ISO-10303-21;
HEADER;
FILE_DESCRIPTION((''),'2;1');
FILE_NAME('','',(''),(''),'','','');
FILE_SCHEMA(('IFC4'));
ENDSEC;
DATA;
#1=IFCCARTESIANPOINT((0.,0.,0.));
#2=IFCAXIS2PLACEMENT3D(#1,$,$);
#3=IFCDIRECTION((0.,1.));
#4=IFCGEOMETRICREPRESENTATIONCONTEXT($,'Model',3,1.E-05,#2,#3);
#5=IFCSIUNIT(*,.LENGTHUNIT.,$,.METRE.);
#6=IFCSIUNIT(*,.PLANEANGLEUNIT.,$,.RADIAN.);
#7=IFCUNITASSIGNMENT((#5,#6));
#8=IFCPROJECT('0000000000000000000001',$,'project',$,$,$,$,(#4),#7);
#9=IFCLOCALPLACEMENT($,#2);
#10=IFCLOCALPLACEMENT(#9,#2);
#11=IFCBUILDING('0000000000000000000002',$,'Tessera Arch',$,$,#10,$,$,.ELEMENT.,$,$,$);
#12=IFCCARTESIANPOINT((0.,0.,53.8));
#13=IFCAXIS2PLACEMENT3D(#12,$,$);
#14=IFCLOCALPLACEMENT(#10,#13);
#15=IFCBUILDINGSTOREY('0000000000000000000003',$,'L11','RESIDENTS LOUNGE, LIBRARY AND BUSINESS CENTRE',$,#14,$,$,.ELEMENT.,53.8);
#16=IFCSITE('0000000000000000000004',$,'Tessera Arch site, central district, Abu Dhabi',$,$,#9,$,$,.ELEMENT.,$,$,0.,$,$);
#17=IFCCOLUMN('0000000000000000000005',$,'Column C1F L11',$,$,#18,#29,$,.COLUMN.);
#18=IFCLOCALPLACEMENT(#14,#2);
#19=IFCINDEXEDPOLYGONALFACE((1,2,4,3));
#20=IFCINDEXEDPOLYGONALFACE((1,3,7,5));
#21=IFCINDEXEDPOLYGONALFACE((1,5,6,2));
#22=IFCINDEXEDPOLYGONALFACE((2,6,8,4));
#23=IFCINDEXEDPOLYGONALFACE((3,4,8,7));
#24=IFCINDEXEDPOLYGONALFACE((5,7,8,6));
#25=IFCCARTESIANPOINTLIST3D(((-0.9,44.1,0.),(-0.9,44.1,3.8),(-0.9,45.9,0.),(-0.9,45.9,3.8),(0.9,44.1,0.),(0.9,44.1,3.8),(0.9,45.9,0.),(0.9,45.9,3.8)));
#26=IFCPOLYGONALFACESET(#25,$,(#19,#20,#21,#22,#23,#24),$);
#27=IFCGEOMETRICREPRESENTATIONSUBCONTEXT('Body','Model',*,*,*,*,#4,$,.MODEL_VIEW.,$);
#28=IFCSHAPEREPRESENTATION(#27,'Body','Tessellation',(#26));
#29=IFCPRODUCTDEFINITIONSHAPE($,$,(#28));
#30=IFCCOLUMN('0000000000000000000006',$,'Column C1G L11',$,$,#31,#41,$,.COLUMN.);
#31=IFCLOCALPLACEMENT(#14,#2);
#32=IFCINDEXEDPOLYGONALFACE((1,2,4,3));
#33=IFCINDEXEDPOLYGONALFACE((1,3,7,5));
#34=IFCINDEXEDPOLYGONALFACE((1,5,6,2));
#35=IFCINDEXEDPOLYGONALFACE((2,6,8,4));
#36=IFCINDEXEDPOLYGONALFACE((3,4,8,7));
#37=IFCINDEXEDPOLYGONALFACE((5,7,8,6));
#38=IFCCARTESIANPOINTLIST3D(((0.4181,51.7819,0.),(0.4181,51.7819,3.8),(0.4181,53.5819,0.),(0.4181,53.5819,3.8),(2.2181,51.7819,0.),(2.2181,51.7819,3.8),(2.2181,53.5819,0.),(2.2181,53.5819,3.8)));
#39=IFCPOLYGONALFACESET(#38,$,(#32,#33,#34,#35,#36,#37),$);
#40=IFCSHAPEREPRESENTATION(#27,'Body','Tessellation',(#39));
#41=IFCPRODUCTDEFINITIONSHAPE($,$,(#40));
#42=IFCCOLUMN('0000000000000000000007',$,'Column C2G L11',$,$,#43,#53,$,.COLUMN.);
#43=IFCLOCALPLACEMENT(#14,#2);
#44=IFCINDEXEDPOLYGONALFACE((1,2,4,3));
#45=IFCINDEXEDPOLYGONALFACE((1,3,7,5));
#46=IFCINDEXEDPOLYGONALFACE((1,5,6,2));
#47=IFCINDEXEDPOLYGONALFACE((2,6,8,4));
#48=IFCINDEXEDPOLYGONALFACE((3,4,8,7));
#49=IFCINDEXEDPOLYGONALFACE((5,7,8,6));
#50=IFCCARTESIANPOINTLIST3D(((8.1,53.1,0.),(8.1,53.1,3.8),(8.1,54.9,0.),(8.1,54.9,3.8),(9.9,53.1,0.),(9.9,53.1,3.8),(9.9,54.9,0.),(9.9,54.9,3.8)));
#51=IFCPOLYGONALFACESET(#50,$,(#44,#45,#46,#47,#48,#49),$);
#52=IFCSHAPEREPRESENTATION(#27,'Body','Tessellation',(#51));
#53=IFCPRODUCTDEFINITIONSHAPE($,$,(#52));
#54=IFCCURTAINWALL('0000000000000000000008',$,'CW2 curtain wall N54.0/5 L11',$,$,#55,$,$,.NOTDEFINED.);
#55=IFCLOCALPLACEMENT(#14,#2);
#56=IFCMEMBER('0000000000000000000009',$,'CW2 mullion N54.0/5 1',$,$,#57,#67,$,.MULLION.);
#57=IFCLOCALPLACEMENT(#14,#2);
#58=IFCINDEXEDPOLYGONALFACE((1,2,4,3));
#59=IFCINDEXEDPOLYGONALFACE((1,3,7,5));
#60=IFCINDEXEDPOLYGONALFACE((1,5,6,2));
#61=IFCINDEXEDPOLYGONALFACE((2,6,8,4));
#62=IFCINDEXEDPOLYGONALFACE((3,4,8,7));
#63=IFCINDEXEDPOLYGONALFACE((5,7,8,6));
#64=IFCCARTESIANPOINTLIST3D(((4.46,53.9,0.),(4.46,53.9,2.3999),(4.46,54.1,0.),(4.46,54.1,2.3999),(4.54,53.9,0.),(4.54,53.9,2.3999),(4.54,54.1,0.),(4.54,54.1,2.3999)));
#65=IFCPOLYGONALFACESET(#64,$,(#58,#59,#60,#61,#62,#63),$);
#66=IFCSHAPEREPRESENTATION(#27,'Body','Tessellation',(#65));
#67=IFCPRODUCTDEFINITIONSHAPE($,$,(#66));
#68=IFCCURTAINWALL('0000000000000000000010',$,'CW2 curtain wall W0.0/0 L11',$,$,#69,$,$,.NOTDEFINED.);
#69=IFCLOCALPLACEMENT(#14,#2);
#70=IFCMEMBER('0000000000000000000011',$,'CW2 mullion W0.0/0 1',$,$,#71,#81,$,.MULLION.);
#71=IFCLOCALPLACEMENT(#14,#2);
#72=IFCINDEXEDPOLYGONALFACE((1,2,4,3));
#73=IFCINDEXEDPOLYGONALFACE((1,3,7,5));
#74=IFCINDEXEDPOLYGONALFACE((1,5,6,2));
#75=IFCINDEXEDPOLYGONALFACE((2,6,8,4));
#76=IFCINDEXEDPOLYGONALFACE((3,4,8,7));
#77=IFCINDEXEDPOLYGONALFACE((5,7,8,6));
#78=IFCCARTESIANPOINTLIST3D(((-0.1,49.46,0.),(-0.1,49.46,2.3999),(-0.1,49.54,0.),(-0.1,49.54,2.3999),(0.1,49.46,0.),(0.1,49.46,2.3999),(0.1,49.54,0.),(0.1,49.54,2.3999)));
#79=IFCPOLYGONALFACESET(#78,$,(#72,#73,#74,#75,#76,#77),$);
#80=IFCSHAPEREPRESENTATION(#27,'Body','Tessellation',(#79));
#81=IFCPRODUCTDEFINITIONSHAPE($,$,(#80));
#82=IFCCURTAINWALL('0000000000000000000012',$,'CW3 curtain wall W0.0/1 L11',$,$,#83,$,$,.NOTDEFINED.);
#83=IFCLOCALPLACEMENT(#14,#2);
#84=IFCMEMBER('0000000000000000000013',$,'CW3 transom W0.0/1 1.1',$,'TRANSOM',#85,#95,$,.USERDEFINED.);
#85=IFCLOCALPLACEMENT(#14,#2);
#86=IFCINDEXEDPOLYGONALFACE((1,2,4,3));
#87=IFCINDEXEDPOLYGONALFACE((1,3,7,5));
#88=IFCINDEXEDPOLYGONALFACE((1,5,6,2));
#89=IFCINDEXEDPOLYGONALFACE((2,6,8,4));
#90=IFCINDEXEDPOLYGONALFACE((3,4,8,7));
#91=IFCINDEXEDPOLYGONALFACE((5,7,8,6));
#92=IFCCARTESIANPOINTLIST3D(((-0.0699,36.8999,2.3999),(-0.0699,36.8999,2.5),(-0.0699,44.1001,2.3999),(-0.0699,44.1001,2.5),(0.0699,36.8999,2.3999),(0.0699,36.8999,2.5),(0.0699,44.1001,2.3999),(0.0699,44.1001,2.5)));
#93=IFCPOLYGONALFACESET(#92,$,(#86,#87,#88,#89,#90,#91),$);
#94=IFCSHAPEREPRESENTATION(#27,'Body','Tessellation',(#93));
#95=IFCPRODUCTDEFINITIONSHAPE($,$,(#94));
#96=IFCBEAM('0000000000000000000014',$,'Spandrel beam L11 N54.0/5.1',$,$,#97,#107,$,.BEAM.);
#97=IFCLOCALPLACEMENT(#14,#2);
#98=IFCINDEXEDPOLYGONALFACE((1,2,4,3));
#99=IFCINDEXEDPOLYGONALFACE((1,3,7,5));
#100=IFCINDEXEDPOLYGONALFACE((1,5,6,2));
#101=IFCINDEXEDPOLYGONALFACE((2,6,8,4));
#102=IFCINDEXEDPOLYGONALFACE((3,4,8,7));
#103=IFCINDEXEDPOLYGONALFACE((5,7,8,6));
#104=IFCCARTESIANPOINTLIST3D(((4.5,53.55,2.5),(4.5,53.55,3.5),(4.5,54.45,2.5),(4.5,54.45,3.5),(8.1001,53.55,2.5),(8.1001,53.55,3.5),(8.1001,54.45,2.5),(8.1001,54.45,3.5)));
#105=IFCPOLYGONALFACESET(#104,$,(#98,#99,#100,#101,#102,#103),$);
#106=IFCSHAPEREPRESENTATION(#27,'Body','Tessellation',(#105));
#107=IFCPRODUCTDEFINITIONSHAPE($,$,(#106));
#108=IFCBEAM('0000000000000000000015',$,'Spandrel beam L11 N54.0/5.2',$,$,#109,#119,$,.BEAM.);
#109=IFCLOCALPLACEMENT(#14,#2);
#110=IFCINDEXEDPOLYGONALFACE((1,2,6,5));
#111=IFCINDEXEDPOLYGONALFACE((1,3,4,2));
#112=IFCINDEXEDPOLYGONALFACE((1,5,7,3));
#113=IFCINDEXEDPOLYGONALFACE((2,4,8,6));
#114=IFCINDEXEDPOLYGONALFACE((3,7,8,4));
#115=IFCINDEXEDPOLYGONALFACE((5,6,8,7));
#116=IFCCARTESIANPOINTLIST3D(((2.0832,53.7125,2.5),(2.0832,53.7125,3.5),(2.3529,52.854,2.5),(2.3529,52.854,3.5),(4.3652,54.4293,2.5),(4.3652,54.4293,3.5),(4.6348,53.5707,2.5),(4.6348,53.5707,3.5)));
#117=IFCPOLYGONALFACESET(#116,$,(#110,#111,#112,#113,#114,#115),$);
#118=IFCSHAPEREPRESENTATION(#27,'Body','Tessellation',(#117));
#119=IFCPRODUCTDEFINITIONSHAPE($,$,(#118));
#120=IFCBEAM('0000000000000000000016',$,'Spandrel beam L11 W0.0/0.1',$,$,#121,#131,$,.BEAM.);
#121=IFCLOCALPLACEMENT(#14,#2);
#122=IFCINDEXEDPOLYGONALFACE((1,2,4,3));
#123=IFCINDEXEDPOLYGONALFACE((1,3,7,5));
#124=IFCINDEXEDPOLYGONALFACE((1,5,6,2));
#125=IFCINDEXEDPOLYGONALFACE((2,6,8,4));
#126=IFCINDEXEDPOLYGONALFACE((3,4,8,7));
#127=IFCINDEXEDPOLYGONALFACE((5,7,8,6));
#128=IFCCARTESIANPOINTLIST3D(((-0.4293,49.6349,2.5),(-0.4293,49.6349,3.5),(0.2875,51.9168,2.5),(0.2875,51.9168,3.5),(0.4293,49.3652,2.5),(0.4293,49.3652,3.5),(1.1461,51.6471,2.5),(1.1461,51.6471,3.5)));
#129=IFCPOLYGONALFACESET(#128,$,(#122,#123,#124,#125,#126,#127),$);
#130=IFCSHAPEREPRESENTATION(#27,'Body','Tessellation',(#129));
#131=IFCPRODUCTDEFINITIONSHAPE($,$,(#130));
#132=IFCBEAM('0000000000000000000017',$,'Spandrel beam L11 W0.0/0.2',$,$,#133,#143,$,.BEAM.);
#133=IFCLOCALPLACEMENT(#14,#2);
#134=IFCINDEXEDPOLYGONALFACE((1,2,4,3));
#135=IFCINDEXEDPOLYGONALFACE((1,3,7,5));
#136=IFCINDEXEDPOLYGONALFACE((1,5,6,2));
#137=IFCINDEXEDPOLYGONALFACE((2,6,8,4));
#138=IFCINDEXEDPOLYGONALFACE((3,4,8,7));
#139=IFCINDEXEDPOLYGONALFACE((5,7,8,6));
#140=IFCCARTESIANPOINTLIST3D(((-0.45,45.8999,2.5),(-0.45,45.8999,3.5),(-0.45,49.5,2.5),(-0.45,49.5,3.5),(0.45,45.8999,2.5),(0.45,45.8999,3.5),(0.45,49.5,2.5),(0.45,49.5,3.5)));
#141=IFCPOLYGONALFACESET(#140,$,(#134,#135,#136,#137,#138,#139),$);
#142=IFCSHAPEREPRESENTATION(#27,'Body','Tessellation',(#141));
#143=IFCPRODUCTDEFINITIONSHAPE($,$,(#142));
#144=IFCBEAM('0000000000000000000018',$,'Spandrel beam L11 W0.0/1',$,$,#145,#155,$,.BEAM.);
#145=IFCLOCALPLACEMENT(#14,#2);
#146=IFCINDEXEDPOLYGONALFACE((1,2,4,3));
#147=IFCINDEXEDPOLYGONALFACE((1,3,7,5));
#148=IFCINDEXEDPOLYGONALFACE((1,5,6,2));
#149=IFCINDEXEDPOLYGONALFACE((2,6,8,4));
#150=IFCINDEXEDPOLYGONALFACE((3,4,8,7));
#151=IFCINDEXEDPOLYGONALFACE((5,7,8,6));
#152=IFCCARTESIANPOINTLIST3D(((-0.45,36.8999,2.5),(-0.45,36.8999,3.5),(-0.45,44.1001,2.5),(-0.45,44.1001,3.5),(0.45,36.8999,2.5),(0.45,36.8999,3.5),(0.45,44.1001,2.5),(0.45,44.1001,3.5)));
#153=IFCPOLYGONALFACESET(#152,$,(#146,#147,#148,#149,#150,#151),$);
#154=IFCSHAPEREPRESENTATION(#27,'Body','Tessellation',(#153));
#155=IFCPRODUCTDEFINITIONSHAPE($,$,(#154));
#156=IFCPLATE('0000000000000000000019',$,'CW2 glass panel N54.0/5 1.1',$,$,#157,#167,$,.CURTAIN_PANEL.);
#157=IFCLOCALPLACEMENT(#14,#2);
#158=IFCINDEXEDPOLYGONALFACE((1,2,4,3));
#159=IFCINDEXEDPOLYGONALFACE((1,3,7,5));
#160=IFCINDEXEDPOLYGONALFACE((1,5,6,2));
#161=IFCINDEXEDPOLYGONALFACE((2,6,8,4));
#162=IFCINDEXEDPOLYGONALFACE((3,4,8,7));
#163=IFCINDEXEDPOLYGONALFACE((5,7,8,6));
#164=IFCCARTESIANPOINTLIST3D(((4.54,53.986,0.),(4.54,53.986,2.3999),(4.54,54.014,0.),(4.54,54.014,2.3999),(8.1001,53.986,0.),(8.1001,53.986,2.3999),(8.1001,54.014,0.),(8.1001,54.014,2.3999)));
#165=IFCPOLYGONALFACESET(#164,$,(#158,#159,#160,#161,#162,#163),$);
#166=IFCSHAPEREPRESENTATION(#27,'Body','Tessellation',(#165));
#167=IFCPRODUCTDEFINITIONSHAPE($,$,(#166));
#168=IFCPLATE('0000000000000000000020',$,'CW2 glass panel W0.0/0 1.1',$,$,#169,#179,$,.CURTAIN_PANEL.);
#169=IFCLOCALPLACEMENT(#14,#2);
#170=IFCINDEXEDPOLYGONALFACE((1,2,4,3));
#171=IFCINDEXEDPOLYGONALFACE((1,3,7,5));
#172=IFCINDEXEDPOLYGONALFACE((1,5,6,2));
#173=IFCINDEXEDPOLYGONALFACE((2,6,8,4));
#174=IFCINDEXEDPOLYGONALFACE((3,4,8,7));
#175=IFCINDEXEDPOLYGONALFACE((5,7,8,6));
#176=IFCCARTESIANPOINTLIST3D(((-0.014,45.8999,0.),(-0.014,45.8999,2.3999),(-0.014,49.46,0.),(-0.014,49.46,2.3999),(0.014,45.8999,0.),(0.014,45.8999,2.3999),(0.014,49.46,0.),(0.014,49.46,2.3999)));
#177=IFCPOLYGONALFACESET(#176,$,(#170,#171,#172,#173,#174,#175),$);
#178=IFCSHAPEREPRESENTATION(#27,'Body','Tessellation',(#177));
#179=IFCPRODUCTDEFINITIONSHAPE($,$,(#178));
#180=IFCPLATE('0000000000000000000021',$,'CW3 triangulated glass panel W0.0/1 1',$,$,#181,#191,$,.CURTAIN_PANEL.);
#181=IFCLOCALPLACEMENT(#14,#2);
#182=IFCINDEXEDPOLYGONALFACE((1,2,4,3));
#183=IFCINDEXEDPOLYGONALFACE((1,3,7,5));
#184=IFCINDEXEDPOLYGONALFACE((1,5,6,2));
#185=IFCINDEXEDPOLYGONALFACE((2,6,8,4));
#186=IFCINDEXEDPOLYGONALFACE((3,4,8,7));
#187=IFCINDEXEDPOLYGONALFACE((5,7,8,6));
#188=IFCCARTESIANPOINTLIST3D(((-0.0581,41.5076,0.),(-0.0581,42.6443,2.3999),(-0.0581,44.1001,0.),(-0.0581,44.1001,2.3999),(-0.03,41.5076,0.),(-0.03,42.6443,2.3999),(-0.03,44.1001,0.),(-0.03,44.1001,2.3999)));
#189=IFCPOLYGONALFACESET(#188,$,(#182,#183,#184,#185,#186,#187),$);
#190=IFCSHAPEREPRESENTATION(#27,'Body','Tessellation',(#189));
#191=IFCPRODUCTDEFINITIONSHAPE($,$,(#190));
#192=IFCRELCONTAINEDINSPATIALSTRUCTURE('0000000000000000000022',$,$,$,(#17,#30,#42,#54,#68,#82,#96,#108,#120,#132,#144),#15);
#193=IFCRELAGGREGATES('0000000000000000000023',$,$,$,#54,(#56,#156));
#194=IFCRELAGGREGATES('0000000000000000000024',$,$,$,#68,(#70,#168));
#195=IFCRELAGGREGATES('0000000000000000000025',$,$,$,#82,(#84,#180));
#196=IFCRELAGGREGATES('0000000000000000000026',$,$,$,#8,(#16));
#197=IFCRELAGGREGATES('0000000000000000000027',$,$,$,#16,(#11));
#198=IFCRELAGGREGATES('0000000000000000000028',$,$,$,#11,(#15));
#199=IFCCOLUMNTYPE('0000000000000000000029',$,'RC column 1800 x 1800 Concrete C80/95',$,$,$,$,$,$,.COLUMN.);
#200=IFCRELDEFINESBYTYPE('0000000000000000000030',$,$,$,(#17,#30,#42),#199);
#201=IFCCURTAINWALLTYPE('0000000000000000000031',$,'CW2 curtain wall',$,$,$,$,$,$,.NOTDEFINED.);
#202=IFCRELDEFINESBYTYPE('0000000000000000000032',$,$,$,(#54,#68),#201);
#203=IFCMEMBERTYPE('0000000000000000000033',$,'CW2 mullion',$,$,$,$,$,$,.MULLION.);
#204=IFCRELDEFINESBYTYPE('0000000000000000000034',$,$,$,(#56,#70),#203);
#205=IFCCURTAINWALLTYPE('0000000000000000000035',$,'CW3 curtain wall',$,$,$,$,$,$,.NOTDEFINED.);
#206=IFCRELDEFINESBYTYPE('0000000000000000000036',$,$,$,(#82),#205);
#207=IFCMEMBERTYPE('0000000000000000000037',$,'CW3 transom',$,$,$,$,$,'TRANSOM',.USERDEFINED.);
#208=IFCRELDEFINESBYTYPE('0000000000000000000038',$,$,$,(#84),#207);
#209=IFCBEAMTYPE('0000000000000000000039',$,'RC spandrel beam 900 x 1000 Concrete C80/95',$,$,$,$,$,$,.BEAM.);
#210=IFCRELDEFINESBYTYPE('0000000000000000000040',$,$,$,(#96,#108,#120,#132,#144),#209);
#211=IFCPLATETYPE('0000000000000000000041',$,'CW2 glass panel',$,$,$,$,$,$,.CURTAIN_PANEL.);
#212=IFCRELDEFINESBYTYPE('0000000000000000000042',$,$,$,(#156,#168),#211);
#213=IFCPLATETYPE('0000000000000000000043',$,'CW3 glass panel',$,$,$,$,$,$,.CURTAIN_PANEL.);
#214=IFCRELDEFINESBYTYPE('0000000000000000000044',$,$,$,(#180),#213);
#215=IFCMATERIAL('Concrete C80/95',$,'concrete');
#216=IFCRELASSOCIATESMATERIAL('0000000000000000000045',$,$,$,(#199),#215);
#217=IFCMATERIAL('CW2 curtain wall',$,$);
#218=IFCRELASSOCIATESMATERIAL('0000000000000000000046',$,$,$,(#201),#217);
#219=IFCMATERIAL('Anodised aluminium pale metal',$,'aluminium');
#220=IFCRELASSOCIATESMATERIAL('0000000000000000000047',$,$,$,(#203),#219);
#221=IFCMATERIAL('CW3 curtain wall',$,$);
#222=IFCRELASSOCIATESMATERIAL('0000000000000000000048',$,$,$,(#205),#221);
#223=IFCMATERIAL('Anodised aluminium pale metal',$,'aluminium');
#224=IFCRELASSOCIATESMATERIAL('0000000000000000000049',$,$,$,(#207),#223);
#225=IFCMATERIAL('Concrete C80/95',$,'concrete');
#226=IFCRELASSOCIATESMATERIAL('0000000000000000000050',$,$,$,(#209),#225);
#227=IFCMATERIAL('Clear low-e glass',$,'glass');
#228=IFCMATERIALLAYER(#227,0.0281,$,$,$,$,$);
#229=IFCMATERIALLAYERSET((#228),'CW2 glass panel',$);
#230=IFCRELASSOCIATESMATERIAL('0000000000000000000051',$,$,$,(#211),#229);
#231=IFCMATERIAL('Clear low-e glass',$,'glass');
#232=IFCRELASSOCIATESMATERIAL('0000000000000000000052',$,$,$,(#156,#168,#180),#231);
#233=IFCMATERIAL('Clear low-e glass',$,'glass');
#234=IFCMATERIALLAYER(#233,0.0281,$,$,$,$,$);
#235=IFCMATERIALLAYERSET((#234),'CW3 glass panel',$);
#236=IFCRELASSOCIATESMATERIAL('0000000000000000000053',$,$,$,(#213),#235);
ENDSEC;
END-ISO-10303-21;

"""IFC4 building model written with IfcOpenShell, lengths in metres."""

from ifc_helpers import new_model, si_unit, direction, frame, origin, origin_2d, place, context, subcontext, project, spatial, polyline, rectangle, outline, extrude, material, layer, layer_set, material_profile, profile_set, type_object, element, aggregate, save


model = new_model("IFC4")

# Units and contexts
model_context = context("Model", 3, precision=1e-05, world=origin(), true_north=direction((0.0, 1.0)))
body_context = subcontext(model_context, "Body", "Model", "MODEL_VIEW")
ifc_project = project(units=[si_unit("LENGTHUNIT", "METRE"), si_unit("PLANEANGLEUNIT", "RADIAN")], contexts=[model_context])

# Site, building, storey
site_placement = place(None, origin())
site = spatial("IfcSite", under=ifc_project, at=site_placement, Name="Tessera Arch site, central district, Abu Dhabi", CompositionType="ELEMENT", RefElevation=0.0)
building_placement = place(site_placement, origin())
building = spatial("IfcBuilding", under=site, at=building_placement, Name="Tessera Arch", CompositionType="ELEMENT")
storey_placement = place(building_placement, frame((0.0, 0.0, 53.8)))
storey = spatial("IfcBuildingStorey", under=building, at=storey_placement, Name="L11", Description="RESIDENTS LOUNGE, LIBRARY AND BUSINESS CENTRE", CompositionType="ELEMENT", Elevation=53.8)

# Columns
ifc_material_1 = material(Name="Concrete C80/95", Category="concrete")
ifc_material_profile_1 = material_profile(ifc_material_1, rectangle(XDim=1.8, YDim=1.8, at=origin_2d()), Name="RC column 1800 x 1800 Concrete C80/95")
ifc_profile_set_1 = profile_set([ifc_material_profile_1], Name="Concrete C80/95")
column_type = type_object("IfcColumnType", Name="RC column 1800 x 1800 Concrete C80/95", PredefinedType="COLUMN", material=ifc_profile_set_1)
for number, where, z_axis, x_axis, name in (
    (1, (0.0, 45.0, 0.0), (0.0, 0.0, 1.0), (1.0, 0.0, 0.0), "Column C1F L11"),
    (2, (1.3181, 52.6819, 0.0), (0.0, 0.0, 1.0), (1.0, 0.0, 0.0), "Column C1G L11"),
    (3, (9.0, 54.0, 0.0), (0.0, 0.0, 1.0), (1.0, 0.0, 0.0), "Column C2G L11"),
):
    element("IfcColumn", number, at=place(storey_placement, frame(where, z_axis=z_axis, x_axis=x_axis)), inside=storey, type_object=column_type, Name=name, PredefinedType="COLUMN", context=body_context, shape_type="SweptSolid", body=[
        extrude(rectangle(XDim=1.8, YDim=1.8, at=origin_2d()), origin(), (0.0, 0.0, 1.0), 3.8),
    ])

# Curtain walls, members
ifc_material_2 = material(Name="CW2 curtain wall")
curtain_wall_type_1 = type_object("IfcCurtainWallType", Name="CW2 curtain wall", PredefinedType="NOTDEFINED", material=ifc_material_2)
curtain_wall_1_placement = place(storey_placement, origin())
curtain_wall_1 = element("IfcCurtainWall", 4, at=curtain_wall_1_placement, inside=storey, type_object=curtain_wall_type_1, Name="CW2 curtain wall N54.0/5 L11", PredefinedType="NOTDEFINED")
ifc_material_3 = material(Name="Anodised aluminium pale metal", Category="aluminium")
ifc_material_profile_2 = material_profile(ifc_material_3, rectangle(XDim=0.2, YDim=0.0801, at=origin_2d()), Name="AL 80x200")
ifc_profile_set_2 = profile_set([ifc_material_profile_2], Name="Anodised aluminium pale metal")
member_type_1 = type_object("IfcMemberType", Name="CW2 mullion", PredefinedType="MULLION", material=ifc_profile_set_2)
member_1_placement = place(storey_placement, frame((4.5, 54.0, 0.0), z_axis=(0.0, 0.0, 1.0), x_axis=(0.0, -1.0, 0.0)))
member_1 = element("IfcMember", 5, at=member_1_placement, type_object=member_type_1, Name="CW2 mullion N54.0/5 1", PredefinedType="MULLION", context=body_context, shape_type="SweptSolid", body=[
    extrude(rectangle(XDim=0.2, YDim=0.0801, at=origin_2d()), origin(), (0.0, 0.0, 1.0), 2.3999),
])
curtain_wall_2_placement = place(storey_placement, origin())
curtain_wall_2 = element("IfcCurtainWall", 6, at=curtain_wall_2_placement, inside=storey, type_object=curtain_wall_type_1, Name="CW2 curtain wall W0.0/0 L11", PredefinedType="NOTDEFINED")
member_2_placement = place(storey_placement, frame((0.0, 49.5, 0.0), z_axis=(0.0, 0.0, 1.0), x_axis=(1.0, 0.0, 0.0)))
member_2 = element("IfcMember", 7, at=member_2_placement, type_object=member_type_1, Name="CW2 mullion W0.0/0 1", PredefinedType="MULLION", context=body_context, shape_type="SweptSolid", body=[
    extrude(rectangle(XDim=0.2, YDim=0.0801, at=origin_2d()), origin(), (0.0, 0.0, 1.0), 2.3999),
])
ifc_material_4 = material(Name="CW3 curtain wall")
curtain_wall_type_2 = type_object("IfcCurtainWallType", Name="CW3 curtain wall", PredefinedType="NOTDEFINED", material=ifc_material_4)
curtain_wall_3_placement = place(storey_placement, origin())
curtain_wall_3 = element("IfcCurtainWall", 8, at=curtain_wall_3_placement, inside=storey, type_object=curtain_wall_type_2, Name="CW3 curtain wall W0.0/1 L11", PredefinedType="NOTDEFINED")
ifc_material_5 = material(Name="Anodised aluminium pale metal", Category="aluminium")
ifc_material_profile_3 = material_profile(ifc_material_5, rectangle(XDim=0.1399, YDim=0.1001, at=origin_2d()), Name="AL 140x100")
ifc_profile_set_3 = profile_set([ifc_material_profile_3], Name="Anodised aluminium pale metal")
member_type_2 = type_object("IfcMemberType", Name="CW3 transom", ElementType="TRANSOM", PredefinedType="USERDEFINED", material=ifc_profile_set_3)
member_3_placement = place(storey_placement, frame((0.0, 44.1001, 2.45), z_axis=(0.0, -1.0, 0.0), x_axis=(1.0, 0.0, 0.0)))
member_3 = element("IfcMember", 9, at=member_3_placement, type_object=member_type_2, Name="CW3 transom W0.0/1 1.1", ObjectType="TRANSOM", PredefinedType="USERDEFINED", context=body_context, shape_type="SweptSolid", body=[
    extrude(rectangle(XDim=0.1399, YDim=0.1001, at=origin_2d()), origin(), (0.0, 0.0, 1.0), 7.2002),
])

# Beams
ifc_material_6 = material(Name="Concrete C80/95", Category="concrete")
ifc_material_profile_4 = material_profile(ifc_material_6, rectangle(XDim=0.8999, YDim=1.0, at=origin_2d()), Name="RC spandrel beam 900 x 1000 Concrete C80/95")
ifc_profile_set_4 = profile_set([ifc_material_profile_4], Name="Concrete C80/95")
beam_type = type_object("IfcBeamType", Name="RC spandrel beam 900 x 1000 Concrete C80/95", PredefinedType="BEAM", material=ifc_profile_set_4)
beam_1_placement = place(storey_placement, frame((8.1001, 54.0, 3.0), z_axis=(-1.0, 0.0, 0.0), x_axis=(0.0, -1.0, 0.0)))
element("IfcBeam", 10, at=beam_1_placement, inside=storey, type_object=beam_type, Name="Spandrel beam L11 N54.0/5.1", PredefinedType="BEAM", context=body_context, shape_type="SweptSolid", body=[
    extrude(rectangle(XDim=0.8999, YDim=1.0, at=origin_2d()), origin(), (0.0, 0.0, 1.0), 3.6001),
])
for number, where, z_axis, x_axis, name in (
    (11, (4.5, 54.0, 3.0), (-0.954041, -0.299675, 0.0), (0.299675, -0.954041, 0.0), "Spandrel beam L11 N54.0/5.2"),
    (12, (0.7168, 51.782, 3.0), (-0.299675, -0.954041, 0.0), (0.954041, -0.299675, 0.0), "Spandrel beam L11 W0.0/0.1"),
):
    element("IfcBeam", number, at=place(storey_placement, frame(where, z_axis=z_axis, x_axis=x_axis)), inside=storey, type_object=beam_type, Name=name, PredefinedType="BEAM", context=body_context, shape_type="SweptSolid", body=[
        extrude(rectangle(XDim=0.8999, YDim=1.0, at=origin_2d()), origin(), (0.0, 0.0, 1.0), 2.3918),
    ])
beam_2_placement = place(storey_placement, frame((0.0, 49.5, 3.0), z_axis=(0.0, -1.0, 0.0), x_axis=(1.0, 0.0, 0.0)))
element("IfcBeam", 13, at=beam_2_placement, inside=storey, type_object=beam_type, Name="Spandrel beam L11 W0.0/0.2", PredefinedType="BEAM", context=body_context, shape_type="SweptSolid", body=[
    extrude(rectangle(XDim=0.8999, YDim=1.0, at=origin_2d()), origin(), (0.0, 0.0, 1.0), 3.6001),
])
beam_3_placement = place(storey_placement, frame((0.0, 44.1001, 3.0), z_axis=(0.0, -1.0, 0.0), x_axis=(1.0, 0.0, 0.0)))
element("IfcBeam", 14, at=beam_3_placement, inside=storey, type_object=beam_type, Name="Spandrel beam L11 W0.0/1", PredefinedType="BEAM", context=body_context, shape_type="SweptSolid", body=[
    extrude(rectangle(XDim=0.8999, YDim=1.0, at=origin_2d()), origin(), (0.0, 0.0, 1.0), 7.2002),
])

# Plates
ifc_material_7 = material(Name="Clear low-e glass", Category="glass")
ifc_material_8 = material(Name="Clear low-e glass", Category="glass")
ifc_layer_1 = layer(ifc_material_8, 0.0281)
ifc_layer_set_1 = layer_set([ifc_layer_1], Name="CW2 glass panel")
plate_type_1 = type_object("IfcPlateType", Name="CW2 glass panel", PredefinedType="CURTAIN_PANEL", material=ifc_layer_set_1)
plate_1_placement = place(storey_placement, frame((6.3201, 54.0, 0.0), z_axis=(0.0, 0.0, 1.0), x_axis=(-1.0, 0.0, 0.0)))
plate_1 = element("IfcPlate", 15, at=plate_1_placement, type_object=plate_type_1, material=ifc_material_7, Name="CW2 glass panel N54.0/5 1.1", PredefinedType="CURTAIN_PANEL", context=body_context, shape_type="SweptSolid", body=[
    extrude(rectangle(XDim=3.5601, YDim=0.0281, at=origin_2d()), origin(), (0.0, 0.0, 1.0), 2.3999),
])
aggregate(curtain_wall_1, [member_1, plate_1])
plate_2_placement = place(storey_placement, frame((0.0, 47.6799, 0.0), z_axis=(0.0, 0.0, 1.0), x_axis=(0.0, -1.0, 0.0)))
plate_2 = element("IfcPlate", 16, at=plate_2_placement, type_object=plate_type_1, material=ifc_material_7, Name="CW2 glass panel W0.0/0 1.1", PredefinedType="CURTAIN_PANEL", context=body_context, shape_type="SweptSolid", body=[
    extrude(rectangle(XDim=3.5601, YDim=0.0281, at=origin_2d()), origin(), (0.0, 0.0, 1.0), 2.3999),
])
aggregate(curtain_wall_2, [member_2, plate_2])
ifc_material_9 = material(Name="Clear low-e glass", Category="glass")
ifc_layer_2 = layer(ifc_material_9, 0.0281)
ifc_layer_set_2 = layer_set([ifc_layer_2], Name="CW3 glass panel")
plate_type_2 = type_object("IfcPlateType", Name="CW3 glass panel", PredefinedType="CURTAIN_PANEL", material=ifc_layer_set_2)
plate_3_placement = place(storey_placement, frame((-0.0581, 44.1001, 0.0), z_axis=(-1.0, 0.0, 0.0), x_axis=(0.0, -1.0, 0.0)))
plate_3 = element("IfcPlate", 17, at=plate_3_placement, type_object=plate_type_2, material=ifc_material_7, Name="CW3 triangulated glass panel W0.0/1 1", PredefinedType="CURTAIN_PANEL", context=body_context, shape_type="SweptSolid", body=[
    extrude(outline(polyline([(0.0, 0.0), (2.5925, 0.0), (1.4558, 2.3999), (0.0, 2.3999), (0.0, 0.0)])), origin(), (0.0, 0.0, -1.0), 0.0281),
])
aggregate(curtain_wall_3, [member_3, plate_3])

save(model, "model.ifc")
